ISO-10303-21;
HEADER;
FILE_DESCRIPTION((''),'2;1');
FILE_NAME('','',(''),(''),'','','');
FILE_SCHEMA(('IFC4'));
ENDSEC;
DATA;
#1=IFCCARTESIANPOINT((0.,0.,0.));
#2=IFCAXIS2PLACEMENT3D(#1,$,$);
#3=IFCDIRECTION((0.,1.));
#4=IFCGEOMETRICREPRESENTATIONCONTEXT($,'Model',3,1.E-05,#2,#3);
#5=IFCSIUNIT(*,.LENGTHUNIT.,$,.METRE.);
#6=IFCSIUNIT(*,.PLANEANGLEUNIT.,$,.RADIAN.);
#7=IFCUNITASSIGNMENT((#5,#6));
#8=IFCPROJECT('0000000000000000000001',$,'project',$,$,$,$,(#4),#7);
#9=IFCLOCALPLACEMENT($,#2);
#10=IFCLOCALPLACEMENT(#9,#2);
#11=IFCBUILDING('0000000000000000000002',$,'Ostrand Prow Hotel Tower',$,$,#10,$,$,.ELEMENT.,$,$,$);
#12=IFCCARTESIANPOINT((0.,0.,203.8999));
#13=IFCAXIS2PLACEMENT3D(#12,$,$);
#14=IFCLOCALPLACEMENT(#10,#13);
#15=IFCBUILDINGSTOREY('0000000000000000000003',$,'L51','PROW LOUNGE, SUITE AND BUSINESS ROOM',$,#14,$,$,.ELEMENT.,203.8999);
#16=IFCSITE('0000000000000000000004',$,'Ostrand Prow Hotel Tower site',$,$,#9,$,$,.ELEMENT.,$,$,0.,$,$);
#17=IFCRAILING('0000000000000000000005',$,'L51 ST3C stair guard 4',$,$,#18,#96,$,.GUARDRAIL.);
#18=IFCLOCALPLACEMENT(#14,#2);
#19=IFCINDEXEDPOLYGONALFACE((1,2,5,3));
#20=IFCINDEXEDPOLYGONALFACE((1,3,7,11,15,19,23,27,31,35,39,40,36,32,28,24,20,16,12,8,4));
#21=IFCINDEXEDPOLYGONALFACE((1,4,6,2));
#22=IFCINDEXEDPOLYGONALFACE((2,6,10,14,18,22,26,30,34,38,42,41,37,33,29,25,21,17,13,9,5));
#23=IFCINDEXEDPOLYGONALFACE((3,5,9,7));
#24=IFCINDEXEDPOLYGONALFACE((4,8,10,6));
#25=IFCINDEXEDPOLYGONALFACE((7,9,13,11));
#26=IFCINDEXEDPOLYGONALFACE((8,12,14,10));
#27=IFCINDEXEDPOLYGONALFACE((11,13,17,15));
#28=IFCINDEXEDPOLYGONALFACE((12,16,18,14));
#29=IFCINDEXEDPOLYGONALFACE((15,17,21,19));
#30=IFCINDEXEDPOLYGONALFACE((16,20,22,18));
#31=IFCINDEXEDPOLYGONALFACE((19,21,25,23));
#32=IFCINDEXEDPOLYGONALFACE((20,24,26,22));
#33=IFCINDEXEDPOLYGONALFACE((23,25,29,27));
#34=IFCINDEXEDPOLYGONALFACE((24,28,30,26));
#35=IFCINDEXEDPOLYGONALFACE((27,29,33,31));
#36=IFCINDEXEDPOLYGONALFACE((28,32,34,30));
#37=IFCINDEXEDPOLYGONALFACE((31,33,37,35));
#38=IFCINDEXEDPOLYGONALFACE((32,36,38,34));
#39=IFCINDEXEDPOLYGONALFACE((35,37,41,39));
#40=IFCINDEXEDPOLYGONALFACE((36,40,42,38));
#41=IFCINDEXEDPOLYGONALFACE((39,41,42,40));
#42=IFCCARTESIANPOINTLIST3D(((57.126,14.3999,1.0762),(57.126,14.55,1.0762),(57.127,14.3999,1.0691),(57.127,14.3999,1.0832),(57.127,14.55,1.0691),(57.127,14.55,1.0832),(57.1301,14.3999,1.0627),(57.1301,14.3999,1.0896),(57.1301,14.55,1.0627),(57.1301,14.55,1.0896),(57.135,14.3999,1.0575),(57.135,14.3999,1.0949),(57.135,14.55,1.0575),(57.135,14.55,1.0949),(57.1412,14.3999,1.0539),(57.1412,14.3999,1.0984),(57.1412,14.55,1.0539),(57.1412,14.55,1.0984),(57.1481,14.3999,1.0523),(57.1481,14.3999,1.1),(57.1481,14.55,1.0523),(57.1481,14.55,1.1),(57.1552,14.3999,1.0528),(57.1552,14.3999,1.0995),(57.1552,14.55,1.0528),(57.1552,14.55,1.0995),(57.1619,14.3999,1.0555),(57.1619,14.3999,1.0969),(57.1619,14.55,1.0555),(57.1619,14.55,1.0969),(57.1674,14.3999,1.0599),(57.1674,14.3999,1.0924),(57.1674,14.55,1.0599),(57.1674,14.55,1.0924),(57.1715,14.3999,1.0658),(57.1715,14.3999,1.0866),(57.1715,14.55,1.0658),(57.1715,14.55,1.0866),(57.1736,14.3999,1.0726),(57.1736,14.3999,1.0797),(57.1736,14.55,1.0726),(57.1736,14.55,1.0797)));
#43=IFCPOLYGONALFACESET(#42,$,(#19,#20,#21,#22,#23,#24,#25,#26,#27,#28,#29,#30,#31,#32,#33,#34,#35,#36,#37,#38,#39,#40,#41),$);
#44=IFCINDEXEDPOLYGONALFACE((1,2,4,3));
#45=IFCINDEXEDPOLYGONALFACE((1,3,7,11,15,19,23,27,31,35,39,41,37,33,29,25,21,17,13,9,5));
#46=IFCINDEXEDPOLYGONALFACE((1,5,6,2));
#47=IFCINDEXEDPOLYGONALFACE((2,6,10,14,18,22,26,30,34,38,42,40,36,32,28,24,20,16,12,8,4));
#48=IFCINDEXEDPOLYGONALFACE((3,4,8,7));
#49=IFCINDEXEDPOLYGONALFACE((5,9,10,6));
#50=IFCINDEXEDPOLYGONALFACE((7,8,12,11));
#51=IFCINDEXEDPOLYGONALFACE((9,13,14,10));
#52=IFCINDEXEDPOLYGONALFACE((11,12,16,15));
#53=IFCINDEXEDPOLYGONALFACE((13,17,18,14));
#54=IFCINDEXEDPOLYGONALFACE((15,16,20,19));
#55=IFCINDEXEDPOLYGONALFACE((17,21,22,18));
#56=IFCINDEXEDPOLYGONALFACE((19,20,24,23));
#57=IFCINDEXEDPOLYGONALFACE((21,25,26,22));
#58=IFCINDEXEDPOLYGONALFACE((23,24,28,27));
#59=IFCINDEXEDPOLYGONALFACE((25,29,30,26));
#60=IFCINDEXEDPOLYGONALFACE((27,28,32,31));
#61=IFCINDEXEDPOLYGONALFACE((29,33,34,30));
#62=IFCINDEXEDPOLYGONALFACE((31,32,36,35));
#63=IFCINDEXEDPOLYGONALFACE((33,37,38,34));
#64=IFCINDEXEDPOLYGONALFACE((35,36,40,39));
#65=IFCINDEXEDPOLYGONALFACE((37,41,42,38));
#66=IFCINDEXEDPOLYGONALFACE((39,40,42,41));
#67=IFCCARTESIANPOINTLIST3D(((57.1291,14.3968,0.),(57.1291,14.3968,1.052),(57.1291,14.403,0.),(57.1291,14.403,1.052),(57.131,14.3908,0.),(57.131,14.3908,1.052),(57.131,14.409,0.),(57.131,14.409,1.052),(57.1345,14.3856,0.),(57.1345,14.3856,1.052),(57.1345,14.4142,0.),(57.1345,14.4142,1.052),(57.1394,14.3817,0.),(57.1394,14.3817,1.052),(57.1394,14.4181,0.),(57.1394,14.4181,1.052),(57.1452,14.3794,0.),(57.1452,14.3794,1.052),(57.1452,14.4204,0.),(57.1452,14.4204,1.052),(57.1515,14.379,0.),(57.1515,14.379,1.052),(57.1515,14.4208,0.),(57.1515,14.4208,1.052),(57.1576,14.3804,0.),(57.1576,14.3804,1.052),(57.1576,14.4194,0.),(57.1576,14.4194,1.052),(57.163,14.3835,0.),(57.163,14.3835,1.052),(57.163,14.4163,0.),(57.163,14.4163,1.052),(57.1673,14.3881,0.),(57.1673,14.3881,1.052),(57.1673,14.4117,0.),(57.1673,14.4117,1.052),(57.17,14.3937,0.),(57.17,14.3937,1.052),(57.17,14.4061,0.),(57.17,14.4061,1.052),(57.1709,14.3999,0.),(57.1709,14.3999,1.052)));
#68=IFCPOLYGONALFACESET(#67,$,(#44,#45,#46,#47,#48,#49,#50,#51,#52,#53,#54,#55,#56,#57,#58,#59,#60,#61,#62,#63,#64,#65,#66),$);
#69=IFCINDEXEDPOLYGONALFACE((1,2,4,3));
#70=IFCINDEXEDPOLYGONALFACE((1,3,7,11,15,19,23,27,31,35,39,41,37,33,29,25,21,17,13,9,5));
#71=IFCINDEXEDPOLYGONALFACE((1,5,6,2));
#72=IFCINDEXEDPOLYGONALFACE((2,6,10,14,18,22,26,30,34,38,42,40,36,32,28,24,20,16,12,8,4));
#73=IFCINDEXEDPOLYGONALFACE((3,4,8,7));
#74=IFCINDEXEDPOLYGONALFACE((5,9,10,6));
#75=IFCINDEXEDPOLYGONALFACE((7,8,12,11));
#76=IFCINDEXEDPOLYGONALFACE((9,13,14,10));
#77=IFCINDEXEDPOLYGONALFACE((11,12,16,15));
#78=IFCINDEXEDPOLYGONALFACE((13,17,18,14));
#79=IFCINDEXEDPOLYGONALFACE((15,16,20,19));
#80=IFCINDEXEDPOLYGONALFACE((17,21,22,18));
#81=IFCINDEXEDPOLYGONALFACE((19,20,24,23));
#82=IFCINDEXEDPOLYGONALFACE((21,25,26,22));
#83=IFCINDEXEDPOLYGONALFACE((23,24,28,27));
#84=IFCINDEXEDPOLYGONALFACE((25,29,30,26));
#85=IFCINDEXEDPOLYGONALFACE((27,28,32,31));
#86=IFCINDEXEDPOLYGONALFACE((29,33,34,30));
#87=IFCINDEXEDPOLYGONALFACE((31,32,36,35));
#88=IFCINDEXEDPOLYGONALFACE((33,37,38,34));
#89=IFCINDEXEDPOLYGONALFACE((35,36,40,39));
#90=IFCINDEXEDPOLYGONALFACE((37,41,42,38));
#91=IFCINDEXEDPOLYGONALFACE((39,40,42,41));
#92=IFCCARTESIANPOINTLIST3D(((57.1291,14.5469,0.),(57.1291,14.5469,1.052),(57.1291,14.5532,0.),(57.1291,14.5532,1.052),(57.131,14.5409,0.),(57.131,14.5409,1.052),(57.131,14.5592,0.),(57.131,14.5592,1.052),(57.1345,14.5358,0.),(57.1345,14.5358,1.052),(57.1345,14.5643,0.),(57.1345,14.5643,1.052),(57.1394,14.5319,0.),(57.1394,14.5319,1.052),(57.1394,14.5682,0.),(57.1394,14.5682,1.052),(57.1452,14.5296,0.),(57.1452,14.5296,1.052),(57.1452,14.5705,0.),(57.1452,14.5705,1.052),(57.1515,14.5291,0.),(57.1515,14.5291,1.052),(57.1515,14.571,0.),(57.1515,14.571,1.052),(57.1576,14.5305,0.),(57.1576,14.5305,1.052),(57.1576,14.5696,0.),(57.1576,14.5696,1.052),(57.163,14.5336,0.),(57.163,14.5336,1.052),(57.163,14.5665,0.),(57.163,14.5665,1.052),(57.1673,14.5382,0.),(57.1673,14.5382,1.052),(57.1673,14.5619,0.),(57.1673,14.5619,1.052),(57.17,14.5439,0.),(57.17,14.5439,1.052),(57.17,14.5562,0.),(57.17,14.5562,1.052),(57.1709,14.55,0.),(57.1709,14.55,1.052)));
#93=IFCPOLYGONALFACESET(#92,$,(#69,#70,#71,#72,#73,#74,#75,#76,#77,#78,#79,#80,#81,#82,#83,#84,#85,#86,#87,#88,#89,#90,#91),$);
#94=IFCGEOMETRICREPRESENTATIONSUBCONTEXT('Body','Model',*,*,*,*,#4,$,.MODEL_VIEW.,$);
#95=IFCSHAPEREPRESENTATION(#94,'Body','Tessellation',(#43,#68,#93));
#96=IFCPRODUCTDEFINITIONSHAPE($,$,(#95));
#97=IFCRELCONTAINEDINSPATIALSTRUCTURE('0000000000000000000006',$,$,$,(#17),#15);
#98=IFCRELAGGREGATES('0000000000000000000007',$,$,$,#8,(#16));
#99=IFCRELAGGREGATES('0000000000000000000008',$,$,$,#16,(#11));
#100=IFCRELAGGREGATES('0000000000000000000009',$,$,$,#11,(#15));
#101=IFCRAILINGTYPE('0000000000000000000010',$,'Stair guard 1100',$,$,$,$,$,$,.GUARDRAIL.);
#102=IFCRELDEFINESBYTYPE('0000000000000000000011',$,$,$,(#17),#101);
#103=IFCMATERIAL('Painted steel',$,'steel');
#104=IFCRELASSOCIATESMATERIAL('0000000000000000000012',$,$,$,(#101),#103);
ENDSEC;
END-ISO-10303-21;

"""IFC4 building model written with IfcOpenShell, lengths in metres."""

from ifc_helpers import new_model, si_unit, direction, frame, origin, origin_2d, place, context, subcontext, project, spatial, circle, extrude, material, type_object, element, save


model = new_model("IFC4")

# Units and contexts
model_context = context("Model", 3, precision=1e-05, world=origin(), true_north=direction((0.0, 1.0)))
body_context = subcontext(model_context, "Body", "Model", "MODEL_VIEW")
ifc_project = project(units=[si_unit("LENGTHUNIT", "METRE"), si_unit("PLANEANGLEUNIT", "RADIAN")], contexts=[model_context])

# Site, building, storey
site_placement = place(None, origin())
site = spatial("IfcSite", under=ifc_project, at=site_placement, Name="Ostrand Prow Hotel Tower site", CompositionType="ELEMENT", RefElevation=0.0)
building_placement = place(site_placement, origin())
building = spatial("IfcBuilding", under=site, at=building_placement, Name="Ostrand Prow Hotel Tower", CompositionType="ELEMENT")
storey_placement = place(building_placement, frame((0.0, 0.0, 203.8999)))
storey = spatial("IfcBuildingStorey", under=building, at=storey_placement, Name="L51", Description="PROW LOUNGE, SUITE AND BUSINESS ROOM", CompositionType="ELEMENT", Elevation=203.8999)

# Railing
ifc_material_1 = material(Name="Painted steel", Category="steel")
railing_type_1 = type_object("IfcRailingType", Name="Stair guard 1100", PredefinedType="GUARDRAIL", material=ifc_material_1)
railing_1_placement = place(storey_placement, frame((57.1499, 14.3999, 0.0)))
element("IfcRailing", 1, at=railing_1_placement, inside=storey, type_object=railing_type_1, Name="L51 ST3C stair guard 4", PredefinedType="GUARDRAIL", context=body_context, shape_type="SweptSolid", body=[
    extrude(circle(Radius=0.0239, at=origin_2d()), frame((0.0, 0.0, 1.0762), z_axis=(0.0, 1.0, 0.0), x_axis=(-1.0, 0.0, 0.0)), (0.0, 0.0, 1.0), 0.1501),
    extrude(circle(Radius=0.021, at=origin_2d()), origin(), (0.0, 0.0, 1.0), 1.052),
    extrude(circle(Radius=0.021, at=origin_2d()), frame((0.0, 0.1501, 0.0)), (0.0, 0.0, 1.0), 1.052),
])

save(model, "model.ifc")
